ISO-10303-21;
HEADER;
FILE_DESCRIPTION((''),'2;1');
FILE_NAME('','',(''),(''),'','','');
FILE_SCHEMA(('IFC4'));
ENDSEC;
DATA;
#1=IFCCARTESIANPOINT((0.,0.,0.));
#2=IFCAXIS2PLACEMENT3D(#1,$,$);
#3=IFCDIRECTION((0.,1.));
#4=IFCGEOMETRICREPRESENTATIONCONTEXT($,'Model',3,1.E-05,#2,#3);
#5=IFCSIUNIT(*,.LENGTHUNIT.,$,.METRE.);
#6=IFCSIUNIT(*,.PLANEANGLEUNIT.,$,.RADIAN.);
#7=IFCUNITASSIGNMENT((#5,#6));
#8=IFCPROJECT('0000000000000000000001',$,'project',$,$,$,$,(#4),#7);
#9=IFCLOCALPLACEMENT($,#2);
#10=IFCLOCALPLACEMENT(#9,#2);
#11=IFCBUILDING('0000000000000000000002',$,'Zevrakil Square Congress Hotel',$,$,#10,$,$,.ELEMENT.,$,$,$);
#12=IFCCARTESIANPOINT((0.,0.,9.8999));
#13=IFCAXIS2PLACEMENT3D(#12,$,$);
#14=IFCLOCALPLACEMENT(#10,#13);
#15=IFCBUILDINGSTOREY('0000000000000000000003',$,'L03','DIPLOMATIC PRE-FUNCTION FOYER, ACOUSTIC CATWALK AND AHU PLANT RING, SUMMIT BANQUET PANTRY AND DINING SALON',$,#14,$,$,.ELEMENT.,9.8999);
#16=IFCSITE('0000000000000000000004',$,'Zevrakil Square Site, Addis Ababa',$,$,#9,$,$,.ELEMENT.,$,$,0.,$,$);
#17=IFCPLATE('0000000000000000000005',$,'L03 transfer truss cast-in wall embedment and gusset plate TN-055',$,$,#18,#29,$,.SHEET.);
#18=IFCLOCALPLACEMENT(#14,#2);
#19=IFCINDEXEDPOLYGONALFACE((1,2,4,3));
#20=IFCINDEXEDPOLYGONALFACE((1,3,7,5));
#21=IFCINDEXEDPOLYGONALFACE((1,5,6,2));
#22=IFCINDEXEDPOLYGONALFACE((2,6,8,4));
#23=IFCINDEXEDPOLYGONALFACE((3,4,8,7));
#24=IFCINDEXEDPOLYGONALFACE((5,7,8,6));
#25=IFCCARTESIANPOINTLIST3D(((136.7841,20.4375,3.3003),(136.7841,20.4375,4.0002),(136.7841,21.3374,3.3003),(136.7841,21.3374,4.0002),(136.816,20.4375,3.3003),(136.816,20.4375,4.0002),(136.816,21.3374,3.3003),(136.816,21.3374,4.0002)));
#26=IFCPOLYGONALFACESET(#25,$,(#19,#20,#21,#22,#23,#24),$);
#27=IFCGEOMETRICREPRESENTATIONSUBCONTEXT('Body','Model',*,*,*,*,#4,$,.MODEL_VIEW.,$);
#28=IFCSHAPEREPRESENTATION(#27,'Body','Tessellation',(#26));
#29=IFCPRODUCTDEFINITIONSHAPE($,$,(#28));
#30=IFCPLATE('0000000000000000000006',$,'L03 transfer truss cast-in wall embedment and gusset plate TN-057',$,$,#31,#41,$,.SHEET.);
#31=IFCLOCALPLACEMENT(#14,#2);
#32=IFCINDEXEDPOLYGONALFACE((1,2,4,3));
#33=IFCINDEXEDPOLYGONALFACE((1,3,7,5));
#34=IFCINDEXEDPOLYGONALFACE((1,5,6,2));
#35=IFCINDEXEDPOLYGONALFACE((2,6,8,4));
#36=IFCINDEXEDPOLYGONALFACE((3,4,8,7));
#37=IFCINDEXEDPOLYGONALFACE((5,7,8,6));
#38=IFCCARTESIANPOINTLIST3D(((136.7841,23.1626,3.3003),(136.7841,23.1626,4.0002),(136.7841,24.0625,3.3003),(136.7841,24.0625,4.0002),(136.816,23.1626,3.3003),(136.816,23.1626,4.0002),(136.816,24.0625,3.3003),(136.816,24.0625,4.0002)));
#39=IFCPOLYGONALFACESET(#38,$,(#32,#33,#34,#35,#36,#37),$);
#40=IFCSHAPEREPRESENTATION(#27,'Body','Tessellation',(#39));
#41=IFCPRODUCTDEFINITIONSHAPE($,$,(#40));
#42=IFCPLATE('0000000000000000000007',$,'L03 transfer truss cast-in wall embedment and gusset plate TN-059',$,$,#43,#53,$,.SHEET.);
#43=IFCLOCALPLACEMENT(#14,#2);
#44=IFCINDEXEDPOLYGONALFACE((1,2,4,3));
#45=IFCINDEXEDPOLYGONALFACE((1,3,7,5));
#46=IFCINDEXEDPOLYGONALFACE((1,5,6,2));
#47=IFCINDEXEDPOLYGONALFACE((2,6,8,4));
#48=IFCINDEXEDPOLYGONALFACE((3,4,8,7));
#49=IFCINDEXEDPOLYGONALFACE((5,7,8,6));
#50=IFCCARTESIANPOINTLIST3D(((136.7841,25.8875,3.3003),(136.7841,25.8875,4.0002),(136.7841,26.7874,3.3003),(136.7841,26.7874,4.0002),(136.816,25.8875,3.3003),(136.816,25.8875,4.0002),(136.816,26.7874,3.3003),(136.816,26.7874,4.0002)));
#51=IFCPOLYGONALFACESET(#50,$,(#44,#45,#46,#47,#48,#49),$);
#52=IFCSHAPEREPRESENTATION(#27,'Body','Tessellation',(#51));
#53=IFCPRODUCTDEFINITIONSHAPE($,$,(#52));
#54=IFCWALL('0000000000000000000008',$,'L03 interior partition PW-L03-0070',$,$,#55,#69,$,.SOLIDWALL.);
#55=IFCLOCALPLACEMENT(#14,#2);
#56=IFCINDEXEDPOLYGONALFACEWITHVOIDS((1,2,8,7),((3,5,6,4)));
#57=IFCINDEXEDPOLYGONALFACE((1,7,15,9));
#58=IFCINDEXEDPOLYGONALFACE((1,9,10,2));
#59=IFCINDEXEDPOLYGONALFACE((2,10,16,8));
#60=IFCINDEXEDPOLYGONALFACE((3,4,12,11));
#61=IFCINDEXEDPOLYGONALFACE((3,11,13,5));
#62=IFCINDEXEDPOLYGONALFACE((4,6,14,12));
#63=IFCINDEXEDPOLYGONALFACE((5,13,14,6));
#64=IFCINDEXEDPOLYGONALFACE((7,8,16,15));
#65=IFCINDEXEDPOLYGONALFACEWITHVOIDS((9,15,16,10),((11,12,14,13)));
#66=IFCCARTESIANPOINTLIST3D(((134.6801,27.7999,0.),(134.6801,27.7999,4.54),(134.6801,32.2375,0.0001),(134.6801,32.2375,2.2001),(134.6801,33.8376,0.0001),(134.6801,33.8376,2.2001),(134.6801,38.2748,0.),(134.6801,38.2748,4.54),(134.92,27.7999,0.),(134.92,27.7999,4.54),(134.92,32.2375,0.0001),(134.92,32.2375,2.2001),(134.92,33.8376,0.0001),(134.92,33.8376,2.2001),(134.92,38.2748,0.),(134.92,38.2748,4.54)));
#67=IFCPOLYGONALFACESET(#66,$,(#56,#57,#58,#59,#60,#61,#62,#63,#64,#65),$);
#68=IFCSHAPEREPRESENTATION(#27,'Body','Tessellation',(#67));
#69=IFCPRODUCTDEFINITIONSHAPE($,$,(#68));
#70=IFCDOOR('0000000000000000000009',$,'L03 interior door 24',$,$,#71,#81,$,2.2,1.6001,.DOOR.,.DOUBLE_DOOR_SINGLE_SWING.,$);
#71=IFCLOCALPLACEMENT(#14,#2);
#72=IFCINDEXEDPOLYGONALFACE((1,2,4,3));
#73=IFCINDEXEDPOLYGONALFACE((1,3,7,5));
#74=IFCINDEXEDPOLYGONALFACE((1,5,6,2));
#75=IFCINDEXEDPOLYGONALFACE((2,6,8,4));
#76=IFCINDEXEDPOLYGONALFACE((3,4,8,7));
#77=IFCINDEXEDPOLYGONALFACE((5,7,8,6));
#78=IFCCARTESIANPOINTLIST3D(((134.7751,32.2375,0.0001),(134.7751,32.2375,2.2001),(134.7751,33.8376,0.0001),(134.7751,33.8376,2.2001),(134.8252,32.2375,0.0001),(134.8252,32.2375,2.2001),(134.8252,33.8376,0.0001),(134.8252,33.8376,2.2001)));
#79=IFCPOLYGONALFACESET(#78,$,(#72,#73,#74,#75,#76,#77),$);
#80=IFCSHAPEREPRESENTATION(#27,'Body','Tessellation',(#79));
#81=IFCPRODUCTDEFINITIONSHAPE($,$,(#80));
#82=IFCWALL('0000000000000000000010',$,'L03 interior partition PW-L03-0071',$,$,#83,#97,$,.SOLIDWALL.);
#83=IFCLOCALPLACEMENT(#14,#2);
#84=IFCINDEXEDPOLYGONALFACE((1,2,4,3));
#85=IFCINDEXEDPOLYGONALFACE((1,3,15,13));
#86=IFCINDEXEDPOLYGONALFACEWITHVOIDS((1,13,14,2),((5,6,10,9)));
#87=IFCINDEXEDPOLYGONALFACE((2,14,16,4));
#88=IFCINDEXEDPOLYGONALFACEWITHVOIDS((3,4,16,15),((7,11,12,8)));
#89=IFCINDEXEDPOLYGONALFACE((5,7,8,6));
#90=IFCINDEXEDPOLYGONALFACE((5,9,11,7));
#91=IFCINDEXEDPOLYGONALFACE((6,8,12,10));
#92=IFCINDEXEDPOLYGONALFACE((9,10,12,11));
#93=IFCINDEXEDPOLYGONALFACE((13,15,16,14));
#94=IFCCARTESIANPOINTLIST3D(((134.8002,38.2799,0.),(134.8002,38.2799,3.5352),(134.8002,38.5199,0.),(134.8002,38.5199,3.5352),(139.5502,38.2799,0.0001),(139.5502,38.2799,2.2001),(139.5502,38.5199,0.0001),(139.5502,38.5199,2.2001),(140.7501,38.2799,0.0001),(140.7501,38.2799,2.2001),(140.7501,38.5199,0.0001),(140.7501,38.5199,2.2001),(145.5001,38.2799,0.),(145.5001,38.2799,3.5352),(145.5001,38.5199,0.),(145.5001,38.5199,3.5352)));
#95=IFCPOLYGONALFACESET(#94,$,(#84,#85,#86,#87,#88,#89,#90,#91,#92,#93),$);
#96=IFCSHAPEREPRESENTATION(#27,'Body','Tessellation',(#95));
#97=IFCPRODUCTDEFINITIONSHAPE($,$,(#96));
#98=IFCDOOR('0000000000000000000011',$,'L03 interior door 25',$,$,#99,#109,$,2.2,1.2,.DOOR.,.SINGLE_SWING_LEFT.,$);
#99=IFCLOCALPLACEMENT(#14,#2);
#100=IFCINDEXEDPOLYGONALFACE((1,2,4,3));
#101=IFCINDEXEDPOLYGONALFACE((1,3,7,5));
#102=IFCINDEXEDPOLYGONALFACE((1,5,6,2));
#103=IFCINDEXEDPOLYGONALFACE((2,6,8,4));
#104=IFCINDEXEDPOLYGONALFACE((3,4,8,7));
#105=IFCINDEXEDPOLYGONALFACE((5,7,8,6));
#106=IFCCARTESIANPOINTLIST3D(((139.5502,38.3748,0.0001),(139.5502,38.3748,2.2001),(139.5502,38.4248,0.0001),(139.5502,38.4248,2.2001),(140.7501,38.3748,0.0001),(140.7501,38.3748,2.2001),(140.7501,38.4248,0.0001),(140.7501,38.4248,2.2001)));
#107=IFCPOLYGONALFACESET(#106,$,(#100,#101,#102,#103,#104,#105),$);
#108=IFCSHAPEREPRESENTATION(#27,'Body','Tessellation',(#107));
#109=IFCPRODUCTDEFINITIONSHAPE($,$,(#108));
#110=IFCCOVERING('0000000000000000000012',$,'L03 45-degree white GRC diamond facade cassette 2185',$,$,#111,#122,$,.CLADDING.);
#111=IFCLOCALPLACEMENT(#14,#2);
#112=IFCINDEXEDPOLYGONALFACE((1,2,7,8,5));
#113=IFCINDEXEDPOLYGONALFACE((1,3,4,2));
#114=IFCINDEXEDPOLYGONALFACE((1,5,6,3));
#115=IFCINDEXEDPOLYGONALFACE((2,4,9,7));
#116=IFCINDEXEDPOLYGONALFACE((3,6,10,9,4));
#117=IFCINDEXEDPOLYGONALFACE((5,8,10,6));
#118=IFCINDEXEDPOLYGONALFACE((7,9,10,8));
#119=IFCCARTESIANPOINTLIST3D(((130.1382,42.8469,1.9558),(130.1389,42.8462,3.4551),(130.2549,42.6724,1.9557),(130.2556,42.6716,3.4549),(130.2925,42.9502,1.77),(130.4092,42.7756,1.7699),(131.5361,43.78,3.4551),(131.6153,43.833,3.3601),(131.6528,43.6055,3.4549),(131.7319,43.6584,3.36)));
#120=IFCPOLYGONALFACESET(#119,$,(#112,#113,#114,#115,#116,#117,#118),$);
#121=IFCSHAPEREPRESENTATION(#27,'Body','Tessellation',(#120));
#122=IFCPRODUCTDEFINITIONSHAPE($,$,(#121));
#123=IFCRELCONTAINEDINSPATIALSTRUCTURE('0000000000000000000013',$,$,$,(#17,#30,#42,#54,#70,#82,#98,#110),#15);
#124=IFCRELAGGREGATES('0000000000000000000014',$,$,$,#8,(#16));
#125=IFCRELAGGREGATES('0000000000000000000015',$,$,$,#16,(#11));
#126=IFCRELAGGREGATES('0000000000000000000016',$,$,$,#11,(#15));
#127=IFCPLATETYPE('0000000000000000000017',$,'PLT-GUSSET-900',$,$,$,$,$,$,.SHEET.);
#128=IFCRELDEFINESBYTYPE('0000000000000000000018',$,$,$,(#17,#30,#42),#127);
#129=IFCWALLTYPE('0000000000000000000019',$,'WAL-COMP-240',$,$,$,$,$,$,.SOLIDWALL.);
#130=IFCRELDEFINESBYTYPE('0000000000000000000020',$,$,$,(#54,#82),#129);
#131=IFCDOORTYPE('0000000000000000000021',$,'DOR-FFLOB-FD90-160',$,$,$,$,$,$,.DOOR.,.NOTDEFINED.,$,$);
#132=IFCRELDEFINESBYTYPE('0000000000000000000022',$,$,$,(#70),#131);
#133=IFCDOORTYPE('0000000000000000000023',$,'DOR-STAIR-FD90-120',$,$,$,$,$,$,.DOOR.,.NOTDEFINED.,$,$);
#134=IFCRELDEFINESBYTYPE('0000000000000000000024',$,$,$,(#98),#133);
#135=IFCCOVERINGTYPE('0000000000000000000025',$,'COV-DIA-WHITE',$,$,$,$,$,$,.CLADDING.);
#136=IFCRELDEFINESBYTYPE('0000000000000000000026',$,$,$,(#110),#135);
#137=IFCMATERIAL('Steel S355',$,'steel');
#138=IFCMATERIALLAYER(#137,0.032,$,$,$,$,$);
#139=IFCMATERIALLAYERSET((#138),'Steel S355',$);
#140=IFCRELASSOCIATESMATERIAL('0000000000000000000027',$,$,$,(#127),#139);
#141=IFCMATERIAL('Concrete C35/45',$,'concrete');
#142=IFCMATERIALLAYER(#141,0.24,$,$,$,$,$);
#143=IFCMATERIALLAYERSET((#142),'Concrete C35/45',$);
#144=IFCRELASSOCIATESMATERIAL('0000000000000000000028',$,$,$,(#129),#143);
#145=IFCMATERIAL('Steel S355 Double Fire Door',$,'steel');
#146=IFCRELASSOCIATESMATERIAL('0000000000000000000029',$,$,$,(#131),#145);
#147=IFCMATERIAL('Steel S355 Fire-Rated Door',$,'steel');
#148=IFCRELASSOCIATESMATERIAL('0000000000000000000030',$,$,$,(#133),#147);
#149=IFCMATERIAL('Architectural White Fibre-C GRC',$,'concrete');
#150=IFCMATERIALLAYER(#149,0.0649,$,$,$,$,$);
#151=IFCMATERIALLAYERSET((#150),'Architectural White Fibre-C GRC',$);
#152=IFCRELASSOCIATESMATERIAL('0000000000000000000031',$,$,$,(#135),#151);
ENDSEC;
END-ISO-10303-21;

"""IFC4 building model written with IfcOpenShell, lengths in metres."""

from ifc_helpers import new_model, si_unit, direction, frame, frame_2d, origin, origin_2d, place, context, subcontext, project, spatial, polyline, rectangle, outline, extrude, material, layer, layer_set, type_object, element, fill, save


model = new_model("IFC4")

# Units and contexts
model_context = context("Model", 3, precision=1e-05, world=origin(), true_north=direction((0.0, 1.0)))
body_context = subcontext(model_context, "Body", "Model", "MODEL_VIEW")
ifc_project = project(units=[si_unit("LENGTHUNIT", "METRE"), si_unit("PLANEANGLEUNIT", "RADIAN")], contexts=[model_context])

# Site, building, storey
site_placement = place(None, origin())
site = spatial("IfcSite", under=ifc_project, at=site_placement, Name="Zevrakil Square Site, Addis Ababa", CompositionType="ELEMENT", RefElevation=0.0)
building_placement = place(site_placement, origin())
building = spatial("IfcBuilding", under=site, at=building_placement, Name="Zevrakil Square Congress Hotel", CompositionType="ELEMENT")
storey_placement = place(building_placement, frame((0.0, 0.0, 9.8999)))
storey = spatial("IfcBuildingStorey", under=building, at=storey_placement, Name="L03", Description="DIPLOMATIC PRE-FUNCTION FOYER, ACOUSTIC CATWALK AND AHU PLANT RING, SUMMIT BANQUET PANTRY AND DINING SALON", CompositionType="ELEMENT", Elevation=9.8999)

# Plates
ifc_material_1 = material(Name="Steel S355", Category="steel")
ifc_layer_1 = layer(ifc_material_1, 0.032)
ifc_layer_set_1 = layer_set([ifc_layer_1], Name="Steel S355")
plate_type_1 = type_object("IfcPlateType", Name="PLT-GUSSET-900", PredefinedType="SHEET", material=ifc_layer_set_1)
for number, where, z_axis, x_axis, name in (
    (1, (136.8, 20.8875, 3.3003), (0.0, 0.0, 1.0), (0.0, 1.0, 0.0), "L03 transfer truss cast-in wall embedment and gusset plate TN-055"),
    (2, (136.8, 23.6125, 3.3003), (0.0, 0.0, 1.0), (0.0, 1.0, 0.0), "L03 transfer truss cast-in wall embedment and gusset plate TN-057"),
    (3, (136.8, 26.3374, 3.3003), (0.0, 0.0, 1.0), (0.0, 1.0, 0.0), "L03 transfer truss cast-in wall embedment and gusset plate TN-059"),
):
    element("IfcPlate", number, at=place(storey_placement, frame(where, z_axis=z_axis, x_axis=x_axis)), inside=storey, type_object=plate_type_1, Name=name, PredefinedType="SHEET", context=body_context, shape_type="SweptSolid", body=[
        extrude(rectangle(XDim=0.8999, YDim=0.032, at=origin_2d()), origin(), (0.0, 0.0, 1.0), 0.7),
    ])

# Walls, openings, doors
ifc_material_2 = material(Name="Concrete C35/45", Category="concrete")
ifc_layer_2 = layer(ifc_material_2, 0.24)
ifc_layer_set_2 = layer_set([ifc_layer_2], Name="Concrete C35/45")
wall_type = type_object("IfcWallType", Name="WAL-COMP-240", PredefinedType="SOLIDWALL", material=ifc_layer_set_2)
wall_1_placement = place(storey_placement, frame((134.8, 27.8, 0.0), z_axis=(0.0, 0.0, 1.0), x_axis=(0.0, 1.0, 0.0)))
wall_1 = element("IfcWall", 4, at=wall_1_placement, inside=storey, type_object=wall_type, Name="L03 interior partition PW-L03-0070", PredefinedType="SOLIDWALL", context=body_context, shape_type="SweptSolid", body=[
    extrude(rectangle(XDim=10.4749, YDim=0.24, at=frame_2d((5.2373, 0.0))), origin(), (0.0, 0.0, 1.0), 4.54),
])
opening_1_placement = place(wall_1_placement, frame((4.4375, 0.0, 0.0)))
opening_1 = element("IfcOpeningElement", 5, at=opening_1_placement, cuts=wall_1, PredefinedType="OPENING", context=body_context, shape_type="SweptSolid", body=[
    extrude(rectangle(XDim=1.6001, YDim=2.2, at=frame_2d((0.8, 1.1001))), frame((0.0, 0.1299, 0.0), z_axis=(0.0, -1.0, 0.0), x_axis=(1.0, 0.0, 0.0)), (0.0, 0.0, 1.0), 0.26),
])
ifc_material_3 = material(Name="Steel S355 Double Fire Door", Category="steel")
door_type_1 = type_object("IfcDoorType", Name="DOR-FFLOB-FD90-160", OperationType="NOTDEFINED", PredefinedType="DOOR", material=ifc_material_3)
door_1_placement = place(opening_1_placement, origin())
door_1 = element("IfcDoor", 6, at=door_1_placement, inside=storey, type_object=door_type_1, Name="L03 interior door 24", OperationType="DOUBLE_DOOR_SINGLE_SWING", OverallHeight=2.2, OverallWidth=1.6001, PredefinedType="DOOR", context=body_context, shape_type="SweptSolid", body=[
    extrude(rectangle(XDim=1.6001, YDim=2.2, at=frame_2d((0.8, 1.1001))), frame((0.0, 0.0249, 0.0), z_axis=(0.0, -1.0, 0.0), x_axis=(1.0, 0.0, 0.0)), (0.0, 0.0, 1.0), 0.05),
])
fill(opening_1, door_1)
wall_2_placement = place(storey_placement, frame((134.8, 38.3999, 0.0), z_axis=(0.0, 0.0, 1.0), x_axis=(1.0, 0.0, 0.0)))
wall_2 = element("IfcWall", 7, at=wall_2_placement, inside=storey, type_object=wall_type, Name="L03 interior partition PW-L03-0071", PredefinedType="SOLIDWALL", context=body_context, shape_type="SweptSolid", body=[
    extrude(rectangle(XDim=10.7, YDim=0.24, at=frame_2d((5.3501, 0.0))), origin(), (0.0, 0.0, 1.0), 3.5352),
])
opening_2_placement = place(wall_2_placement, frame((4.75, 0.0, 0.0)))
opening_2 = element("IfcOpeningElement", 8, at=opening_2_placement, cuts=wall_2, PredefinedType="OPENING", context=body_context, shape_type="SweptSolid", body=[
    extrude(rectangle(XDim=1.2, YDim=2.2, at=frame_2d((0.6001, 1.1001))), frame((0.0, 0.1299, 0.0), z_axis=(0.0, -1.0, 0.0), x_axis=(1.0, 0.0, 0.0)), (0.0, 0.0, 1.0), 0.26),
])
ifc_material_4 = material(Name="Steel S355 Fire-Rated Door", Category="steel")
door_type_2 = type_object("IfcDoorType", Name="DOR-STAIR-FD90-120", OperationType="NOTDEFINED", PredefinedType="DOOR", material=ifc_material_4)
door_2_placement = place(opening_2_placement, origin())
door_2 = element("IfcDoor", 9, at=door_2_placement, inside=storey, type_object=door_type_2, Name="L03 interior door 25", OperationType="SINGLE_SWING_LEFT", OverallHeight=2.2, OverallWidth=1.2, PredefinedType="DOOR", context=body_context, shape_type="SweptSolid", body=[
    extrude(rectangle(XDim=1.2, YDim=2.2, at=frame_2d((0.6001, 1.1001))), frame((0.0, 0.0249, 0.0), z_axis=(0.0, -1.0, 0.0), x_axis=(1.0, 0.0, 0.0)), (0.0, 0.0, 1.0), 0.05),
])
fill(opening_2, door_2)

# Covering
ifc_material_5 = material(Name="Architectural White Fibre-C GRC", Category="concrete")
ifc_layer_3 = layer(ifc_material_5, 0.0649)
ifc_layer_set_3 = layer_set([ifc_layer_3], Name="Architectural White Fibre-C GRC")
covering_type = type_object("IfcCoveringType", Name="COV-DIA-WHITE", PredefinedType="CLADDING", material=ifc_layer_set_3)
covering_placement = place(storey_placement, frame((130.2925, 42.9502, 1.77), z_axis=(-0.555682, 0.831395, 0.000687), x_axis=(0.588193, 0.392548, 0.707061)))
element("IfcCovering", 10, at=covering_placement, inside=storey, type_object=covering_type, Name="L03 45-degree white GRC diamond facade cassette 2185", PredefinedType="CLADDING", context=body_context, shape_type="SweptSolid", body=[
    extrude(outline(polyline([(0.0, 0.0), (2.2489, 0.0), (2.2487, -0.1345), (1.0603, -1.3227), (0.0001, -0.2627), (0.0, 0.0)])), origin(), (0.0, 0.0, -1.0), 0.21),
])

save(model, "model.ifc")
